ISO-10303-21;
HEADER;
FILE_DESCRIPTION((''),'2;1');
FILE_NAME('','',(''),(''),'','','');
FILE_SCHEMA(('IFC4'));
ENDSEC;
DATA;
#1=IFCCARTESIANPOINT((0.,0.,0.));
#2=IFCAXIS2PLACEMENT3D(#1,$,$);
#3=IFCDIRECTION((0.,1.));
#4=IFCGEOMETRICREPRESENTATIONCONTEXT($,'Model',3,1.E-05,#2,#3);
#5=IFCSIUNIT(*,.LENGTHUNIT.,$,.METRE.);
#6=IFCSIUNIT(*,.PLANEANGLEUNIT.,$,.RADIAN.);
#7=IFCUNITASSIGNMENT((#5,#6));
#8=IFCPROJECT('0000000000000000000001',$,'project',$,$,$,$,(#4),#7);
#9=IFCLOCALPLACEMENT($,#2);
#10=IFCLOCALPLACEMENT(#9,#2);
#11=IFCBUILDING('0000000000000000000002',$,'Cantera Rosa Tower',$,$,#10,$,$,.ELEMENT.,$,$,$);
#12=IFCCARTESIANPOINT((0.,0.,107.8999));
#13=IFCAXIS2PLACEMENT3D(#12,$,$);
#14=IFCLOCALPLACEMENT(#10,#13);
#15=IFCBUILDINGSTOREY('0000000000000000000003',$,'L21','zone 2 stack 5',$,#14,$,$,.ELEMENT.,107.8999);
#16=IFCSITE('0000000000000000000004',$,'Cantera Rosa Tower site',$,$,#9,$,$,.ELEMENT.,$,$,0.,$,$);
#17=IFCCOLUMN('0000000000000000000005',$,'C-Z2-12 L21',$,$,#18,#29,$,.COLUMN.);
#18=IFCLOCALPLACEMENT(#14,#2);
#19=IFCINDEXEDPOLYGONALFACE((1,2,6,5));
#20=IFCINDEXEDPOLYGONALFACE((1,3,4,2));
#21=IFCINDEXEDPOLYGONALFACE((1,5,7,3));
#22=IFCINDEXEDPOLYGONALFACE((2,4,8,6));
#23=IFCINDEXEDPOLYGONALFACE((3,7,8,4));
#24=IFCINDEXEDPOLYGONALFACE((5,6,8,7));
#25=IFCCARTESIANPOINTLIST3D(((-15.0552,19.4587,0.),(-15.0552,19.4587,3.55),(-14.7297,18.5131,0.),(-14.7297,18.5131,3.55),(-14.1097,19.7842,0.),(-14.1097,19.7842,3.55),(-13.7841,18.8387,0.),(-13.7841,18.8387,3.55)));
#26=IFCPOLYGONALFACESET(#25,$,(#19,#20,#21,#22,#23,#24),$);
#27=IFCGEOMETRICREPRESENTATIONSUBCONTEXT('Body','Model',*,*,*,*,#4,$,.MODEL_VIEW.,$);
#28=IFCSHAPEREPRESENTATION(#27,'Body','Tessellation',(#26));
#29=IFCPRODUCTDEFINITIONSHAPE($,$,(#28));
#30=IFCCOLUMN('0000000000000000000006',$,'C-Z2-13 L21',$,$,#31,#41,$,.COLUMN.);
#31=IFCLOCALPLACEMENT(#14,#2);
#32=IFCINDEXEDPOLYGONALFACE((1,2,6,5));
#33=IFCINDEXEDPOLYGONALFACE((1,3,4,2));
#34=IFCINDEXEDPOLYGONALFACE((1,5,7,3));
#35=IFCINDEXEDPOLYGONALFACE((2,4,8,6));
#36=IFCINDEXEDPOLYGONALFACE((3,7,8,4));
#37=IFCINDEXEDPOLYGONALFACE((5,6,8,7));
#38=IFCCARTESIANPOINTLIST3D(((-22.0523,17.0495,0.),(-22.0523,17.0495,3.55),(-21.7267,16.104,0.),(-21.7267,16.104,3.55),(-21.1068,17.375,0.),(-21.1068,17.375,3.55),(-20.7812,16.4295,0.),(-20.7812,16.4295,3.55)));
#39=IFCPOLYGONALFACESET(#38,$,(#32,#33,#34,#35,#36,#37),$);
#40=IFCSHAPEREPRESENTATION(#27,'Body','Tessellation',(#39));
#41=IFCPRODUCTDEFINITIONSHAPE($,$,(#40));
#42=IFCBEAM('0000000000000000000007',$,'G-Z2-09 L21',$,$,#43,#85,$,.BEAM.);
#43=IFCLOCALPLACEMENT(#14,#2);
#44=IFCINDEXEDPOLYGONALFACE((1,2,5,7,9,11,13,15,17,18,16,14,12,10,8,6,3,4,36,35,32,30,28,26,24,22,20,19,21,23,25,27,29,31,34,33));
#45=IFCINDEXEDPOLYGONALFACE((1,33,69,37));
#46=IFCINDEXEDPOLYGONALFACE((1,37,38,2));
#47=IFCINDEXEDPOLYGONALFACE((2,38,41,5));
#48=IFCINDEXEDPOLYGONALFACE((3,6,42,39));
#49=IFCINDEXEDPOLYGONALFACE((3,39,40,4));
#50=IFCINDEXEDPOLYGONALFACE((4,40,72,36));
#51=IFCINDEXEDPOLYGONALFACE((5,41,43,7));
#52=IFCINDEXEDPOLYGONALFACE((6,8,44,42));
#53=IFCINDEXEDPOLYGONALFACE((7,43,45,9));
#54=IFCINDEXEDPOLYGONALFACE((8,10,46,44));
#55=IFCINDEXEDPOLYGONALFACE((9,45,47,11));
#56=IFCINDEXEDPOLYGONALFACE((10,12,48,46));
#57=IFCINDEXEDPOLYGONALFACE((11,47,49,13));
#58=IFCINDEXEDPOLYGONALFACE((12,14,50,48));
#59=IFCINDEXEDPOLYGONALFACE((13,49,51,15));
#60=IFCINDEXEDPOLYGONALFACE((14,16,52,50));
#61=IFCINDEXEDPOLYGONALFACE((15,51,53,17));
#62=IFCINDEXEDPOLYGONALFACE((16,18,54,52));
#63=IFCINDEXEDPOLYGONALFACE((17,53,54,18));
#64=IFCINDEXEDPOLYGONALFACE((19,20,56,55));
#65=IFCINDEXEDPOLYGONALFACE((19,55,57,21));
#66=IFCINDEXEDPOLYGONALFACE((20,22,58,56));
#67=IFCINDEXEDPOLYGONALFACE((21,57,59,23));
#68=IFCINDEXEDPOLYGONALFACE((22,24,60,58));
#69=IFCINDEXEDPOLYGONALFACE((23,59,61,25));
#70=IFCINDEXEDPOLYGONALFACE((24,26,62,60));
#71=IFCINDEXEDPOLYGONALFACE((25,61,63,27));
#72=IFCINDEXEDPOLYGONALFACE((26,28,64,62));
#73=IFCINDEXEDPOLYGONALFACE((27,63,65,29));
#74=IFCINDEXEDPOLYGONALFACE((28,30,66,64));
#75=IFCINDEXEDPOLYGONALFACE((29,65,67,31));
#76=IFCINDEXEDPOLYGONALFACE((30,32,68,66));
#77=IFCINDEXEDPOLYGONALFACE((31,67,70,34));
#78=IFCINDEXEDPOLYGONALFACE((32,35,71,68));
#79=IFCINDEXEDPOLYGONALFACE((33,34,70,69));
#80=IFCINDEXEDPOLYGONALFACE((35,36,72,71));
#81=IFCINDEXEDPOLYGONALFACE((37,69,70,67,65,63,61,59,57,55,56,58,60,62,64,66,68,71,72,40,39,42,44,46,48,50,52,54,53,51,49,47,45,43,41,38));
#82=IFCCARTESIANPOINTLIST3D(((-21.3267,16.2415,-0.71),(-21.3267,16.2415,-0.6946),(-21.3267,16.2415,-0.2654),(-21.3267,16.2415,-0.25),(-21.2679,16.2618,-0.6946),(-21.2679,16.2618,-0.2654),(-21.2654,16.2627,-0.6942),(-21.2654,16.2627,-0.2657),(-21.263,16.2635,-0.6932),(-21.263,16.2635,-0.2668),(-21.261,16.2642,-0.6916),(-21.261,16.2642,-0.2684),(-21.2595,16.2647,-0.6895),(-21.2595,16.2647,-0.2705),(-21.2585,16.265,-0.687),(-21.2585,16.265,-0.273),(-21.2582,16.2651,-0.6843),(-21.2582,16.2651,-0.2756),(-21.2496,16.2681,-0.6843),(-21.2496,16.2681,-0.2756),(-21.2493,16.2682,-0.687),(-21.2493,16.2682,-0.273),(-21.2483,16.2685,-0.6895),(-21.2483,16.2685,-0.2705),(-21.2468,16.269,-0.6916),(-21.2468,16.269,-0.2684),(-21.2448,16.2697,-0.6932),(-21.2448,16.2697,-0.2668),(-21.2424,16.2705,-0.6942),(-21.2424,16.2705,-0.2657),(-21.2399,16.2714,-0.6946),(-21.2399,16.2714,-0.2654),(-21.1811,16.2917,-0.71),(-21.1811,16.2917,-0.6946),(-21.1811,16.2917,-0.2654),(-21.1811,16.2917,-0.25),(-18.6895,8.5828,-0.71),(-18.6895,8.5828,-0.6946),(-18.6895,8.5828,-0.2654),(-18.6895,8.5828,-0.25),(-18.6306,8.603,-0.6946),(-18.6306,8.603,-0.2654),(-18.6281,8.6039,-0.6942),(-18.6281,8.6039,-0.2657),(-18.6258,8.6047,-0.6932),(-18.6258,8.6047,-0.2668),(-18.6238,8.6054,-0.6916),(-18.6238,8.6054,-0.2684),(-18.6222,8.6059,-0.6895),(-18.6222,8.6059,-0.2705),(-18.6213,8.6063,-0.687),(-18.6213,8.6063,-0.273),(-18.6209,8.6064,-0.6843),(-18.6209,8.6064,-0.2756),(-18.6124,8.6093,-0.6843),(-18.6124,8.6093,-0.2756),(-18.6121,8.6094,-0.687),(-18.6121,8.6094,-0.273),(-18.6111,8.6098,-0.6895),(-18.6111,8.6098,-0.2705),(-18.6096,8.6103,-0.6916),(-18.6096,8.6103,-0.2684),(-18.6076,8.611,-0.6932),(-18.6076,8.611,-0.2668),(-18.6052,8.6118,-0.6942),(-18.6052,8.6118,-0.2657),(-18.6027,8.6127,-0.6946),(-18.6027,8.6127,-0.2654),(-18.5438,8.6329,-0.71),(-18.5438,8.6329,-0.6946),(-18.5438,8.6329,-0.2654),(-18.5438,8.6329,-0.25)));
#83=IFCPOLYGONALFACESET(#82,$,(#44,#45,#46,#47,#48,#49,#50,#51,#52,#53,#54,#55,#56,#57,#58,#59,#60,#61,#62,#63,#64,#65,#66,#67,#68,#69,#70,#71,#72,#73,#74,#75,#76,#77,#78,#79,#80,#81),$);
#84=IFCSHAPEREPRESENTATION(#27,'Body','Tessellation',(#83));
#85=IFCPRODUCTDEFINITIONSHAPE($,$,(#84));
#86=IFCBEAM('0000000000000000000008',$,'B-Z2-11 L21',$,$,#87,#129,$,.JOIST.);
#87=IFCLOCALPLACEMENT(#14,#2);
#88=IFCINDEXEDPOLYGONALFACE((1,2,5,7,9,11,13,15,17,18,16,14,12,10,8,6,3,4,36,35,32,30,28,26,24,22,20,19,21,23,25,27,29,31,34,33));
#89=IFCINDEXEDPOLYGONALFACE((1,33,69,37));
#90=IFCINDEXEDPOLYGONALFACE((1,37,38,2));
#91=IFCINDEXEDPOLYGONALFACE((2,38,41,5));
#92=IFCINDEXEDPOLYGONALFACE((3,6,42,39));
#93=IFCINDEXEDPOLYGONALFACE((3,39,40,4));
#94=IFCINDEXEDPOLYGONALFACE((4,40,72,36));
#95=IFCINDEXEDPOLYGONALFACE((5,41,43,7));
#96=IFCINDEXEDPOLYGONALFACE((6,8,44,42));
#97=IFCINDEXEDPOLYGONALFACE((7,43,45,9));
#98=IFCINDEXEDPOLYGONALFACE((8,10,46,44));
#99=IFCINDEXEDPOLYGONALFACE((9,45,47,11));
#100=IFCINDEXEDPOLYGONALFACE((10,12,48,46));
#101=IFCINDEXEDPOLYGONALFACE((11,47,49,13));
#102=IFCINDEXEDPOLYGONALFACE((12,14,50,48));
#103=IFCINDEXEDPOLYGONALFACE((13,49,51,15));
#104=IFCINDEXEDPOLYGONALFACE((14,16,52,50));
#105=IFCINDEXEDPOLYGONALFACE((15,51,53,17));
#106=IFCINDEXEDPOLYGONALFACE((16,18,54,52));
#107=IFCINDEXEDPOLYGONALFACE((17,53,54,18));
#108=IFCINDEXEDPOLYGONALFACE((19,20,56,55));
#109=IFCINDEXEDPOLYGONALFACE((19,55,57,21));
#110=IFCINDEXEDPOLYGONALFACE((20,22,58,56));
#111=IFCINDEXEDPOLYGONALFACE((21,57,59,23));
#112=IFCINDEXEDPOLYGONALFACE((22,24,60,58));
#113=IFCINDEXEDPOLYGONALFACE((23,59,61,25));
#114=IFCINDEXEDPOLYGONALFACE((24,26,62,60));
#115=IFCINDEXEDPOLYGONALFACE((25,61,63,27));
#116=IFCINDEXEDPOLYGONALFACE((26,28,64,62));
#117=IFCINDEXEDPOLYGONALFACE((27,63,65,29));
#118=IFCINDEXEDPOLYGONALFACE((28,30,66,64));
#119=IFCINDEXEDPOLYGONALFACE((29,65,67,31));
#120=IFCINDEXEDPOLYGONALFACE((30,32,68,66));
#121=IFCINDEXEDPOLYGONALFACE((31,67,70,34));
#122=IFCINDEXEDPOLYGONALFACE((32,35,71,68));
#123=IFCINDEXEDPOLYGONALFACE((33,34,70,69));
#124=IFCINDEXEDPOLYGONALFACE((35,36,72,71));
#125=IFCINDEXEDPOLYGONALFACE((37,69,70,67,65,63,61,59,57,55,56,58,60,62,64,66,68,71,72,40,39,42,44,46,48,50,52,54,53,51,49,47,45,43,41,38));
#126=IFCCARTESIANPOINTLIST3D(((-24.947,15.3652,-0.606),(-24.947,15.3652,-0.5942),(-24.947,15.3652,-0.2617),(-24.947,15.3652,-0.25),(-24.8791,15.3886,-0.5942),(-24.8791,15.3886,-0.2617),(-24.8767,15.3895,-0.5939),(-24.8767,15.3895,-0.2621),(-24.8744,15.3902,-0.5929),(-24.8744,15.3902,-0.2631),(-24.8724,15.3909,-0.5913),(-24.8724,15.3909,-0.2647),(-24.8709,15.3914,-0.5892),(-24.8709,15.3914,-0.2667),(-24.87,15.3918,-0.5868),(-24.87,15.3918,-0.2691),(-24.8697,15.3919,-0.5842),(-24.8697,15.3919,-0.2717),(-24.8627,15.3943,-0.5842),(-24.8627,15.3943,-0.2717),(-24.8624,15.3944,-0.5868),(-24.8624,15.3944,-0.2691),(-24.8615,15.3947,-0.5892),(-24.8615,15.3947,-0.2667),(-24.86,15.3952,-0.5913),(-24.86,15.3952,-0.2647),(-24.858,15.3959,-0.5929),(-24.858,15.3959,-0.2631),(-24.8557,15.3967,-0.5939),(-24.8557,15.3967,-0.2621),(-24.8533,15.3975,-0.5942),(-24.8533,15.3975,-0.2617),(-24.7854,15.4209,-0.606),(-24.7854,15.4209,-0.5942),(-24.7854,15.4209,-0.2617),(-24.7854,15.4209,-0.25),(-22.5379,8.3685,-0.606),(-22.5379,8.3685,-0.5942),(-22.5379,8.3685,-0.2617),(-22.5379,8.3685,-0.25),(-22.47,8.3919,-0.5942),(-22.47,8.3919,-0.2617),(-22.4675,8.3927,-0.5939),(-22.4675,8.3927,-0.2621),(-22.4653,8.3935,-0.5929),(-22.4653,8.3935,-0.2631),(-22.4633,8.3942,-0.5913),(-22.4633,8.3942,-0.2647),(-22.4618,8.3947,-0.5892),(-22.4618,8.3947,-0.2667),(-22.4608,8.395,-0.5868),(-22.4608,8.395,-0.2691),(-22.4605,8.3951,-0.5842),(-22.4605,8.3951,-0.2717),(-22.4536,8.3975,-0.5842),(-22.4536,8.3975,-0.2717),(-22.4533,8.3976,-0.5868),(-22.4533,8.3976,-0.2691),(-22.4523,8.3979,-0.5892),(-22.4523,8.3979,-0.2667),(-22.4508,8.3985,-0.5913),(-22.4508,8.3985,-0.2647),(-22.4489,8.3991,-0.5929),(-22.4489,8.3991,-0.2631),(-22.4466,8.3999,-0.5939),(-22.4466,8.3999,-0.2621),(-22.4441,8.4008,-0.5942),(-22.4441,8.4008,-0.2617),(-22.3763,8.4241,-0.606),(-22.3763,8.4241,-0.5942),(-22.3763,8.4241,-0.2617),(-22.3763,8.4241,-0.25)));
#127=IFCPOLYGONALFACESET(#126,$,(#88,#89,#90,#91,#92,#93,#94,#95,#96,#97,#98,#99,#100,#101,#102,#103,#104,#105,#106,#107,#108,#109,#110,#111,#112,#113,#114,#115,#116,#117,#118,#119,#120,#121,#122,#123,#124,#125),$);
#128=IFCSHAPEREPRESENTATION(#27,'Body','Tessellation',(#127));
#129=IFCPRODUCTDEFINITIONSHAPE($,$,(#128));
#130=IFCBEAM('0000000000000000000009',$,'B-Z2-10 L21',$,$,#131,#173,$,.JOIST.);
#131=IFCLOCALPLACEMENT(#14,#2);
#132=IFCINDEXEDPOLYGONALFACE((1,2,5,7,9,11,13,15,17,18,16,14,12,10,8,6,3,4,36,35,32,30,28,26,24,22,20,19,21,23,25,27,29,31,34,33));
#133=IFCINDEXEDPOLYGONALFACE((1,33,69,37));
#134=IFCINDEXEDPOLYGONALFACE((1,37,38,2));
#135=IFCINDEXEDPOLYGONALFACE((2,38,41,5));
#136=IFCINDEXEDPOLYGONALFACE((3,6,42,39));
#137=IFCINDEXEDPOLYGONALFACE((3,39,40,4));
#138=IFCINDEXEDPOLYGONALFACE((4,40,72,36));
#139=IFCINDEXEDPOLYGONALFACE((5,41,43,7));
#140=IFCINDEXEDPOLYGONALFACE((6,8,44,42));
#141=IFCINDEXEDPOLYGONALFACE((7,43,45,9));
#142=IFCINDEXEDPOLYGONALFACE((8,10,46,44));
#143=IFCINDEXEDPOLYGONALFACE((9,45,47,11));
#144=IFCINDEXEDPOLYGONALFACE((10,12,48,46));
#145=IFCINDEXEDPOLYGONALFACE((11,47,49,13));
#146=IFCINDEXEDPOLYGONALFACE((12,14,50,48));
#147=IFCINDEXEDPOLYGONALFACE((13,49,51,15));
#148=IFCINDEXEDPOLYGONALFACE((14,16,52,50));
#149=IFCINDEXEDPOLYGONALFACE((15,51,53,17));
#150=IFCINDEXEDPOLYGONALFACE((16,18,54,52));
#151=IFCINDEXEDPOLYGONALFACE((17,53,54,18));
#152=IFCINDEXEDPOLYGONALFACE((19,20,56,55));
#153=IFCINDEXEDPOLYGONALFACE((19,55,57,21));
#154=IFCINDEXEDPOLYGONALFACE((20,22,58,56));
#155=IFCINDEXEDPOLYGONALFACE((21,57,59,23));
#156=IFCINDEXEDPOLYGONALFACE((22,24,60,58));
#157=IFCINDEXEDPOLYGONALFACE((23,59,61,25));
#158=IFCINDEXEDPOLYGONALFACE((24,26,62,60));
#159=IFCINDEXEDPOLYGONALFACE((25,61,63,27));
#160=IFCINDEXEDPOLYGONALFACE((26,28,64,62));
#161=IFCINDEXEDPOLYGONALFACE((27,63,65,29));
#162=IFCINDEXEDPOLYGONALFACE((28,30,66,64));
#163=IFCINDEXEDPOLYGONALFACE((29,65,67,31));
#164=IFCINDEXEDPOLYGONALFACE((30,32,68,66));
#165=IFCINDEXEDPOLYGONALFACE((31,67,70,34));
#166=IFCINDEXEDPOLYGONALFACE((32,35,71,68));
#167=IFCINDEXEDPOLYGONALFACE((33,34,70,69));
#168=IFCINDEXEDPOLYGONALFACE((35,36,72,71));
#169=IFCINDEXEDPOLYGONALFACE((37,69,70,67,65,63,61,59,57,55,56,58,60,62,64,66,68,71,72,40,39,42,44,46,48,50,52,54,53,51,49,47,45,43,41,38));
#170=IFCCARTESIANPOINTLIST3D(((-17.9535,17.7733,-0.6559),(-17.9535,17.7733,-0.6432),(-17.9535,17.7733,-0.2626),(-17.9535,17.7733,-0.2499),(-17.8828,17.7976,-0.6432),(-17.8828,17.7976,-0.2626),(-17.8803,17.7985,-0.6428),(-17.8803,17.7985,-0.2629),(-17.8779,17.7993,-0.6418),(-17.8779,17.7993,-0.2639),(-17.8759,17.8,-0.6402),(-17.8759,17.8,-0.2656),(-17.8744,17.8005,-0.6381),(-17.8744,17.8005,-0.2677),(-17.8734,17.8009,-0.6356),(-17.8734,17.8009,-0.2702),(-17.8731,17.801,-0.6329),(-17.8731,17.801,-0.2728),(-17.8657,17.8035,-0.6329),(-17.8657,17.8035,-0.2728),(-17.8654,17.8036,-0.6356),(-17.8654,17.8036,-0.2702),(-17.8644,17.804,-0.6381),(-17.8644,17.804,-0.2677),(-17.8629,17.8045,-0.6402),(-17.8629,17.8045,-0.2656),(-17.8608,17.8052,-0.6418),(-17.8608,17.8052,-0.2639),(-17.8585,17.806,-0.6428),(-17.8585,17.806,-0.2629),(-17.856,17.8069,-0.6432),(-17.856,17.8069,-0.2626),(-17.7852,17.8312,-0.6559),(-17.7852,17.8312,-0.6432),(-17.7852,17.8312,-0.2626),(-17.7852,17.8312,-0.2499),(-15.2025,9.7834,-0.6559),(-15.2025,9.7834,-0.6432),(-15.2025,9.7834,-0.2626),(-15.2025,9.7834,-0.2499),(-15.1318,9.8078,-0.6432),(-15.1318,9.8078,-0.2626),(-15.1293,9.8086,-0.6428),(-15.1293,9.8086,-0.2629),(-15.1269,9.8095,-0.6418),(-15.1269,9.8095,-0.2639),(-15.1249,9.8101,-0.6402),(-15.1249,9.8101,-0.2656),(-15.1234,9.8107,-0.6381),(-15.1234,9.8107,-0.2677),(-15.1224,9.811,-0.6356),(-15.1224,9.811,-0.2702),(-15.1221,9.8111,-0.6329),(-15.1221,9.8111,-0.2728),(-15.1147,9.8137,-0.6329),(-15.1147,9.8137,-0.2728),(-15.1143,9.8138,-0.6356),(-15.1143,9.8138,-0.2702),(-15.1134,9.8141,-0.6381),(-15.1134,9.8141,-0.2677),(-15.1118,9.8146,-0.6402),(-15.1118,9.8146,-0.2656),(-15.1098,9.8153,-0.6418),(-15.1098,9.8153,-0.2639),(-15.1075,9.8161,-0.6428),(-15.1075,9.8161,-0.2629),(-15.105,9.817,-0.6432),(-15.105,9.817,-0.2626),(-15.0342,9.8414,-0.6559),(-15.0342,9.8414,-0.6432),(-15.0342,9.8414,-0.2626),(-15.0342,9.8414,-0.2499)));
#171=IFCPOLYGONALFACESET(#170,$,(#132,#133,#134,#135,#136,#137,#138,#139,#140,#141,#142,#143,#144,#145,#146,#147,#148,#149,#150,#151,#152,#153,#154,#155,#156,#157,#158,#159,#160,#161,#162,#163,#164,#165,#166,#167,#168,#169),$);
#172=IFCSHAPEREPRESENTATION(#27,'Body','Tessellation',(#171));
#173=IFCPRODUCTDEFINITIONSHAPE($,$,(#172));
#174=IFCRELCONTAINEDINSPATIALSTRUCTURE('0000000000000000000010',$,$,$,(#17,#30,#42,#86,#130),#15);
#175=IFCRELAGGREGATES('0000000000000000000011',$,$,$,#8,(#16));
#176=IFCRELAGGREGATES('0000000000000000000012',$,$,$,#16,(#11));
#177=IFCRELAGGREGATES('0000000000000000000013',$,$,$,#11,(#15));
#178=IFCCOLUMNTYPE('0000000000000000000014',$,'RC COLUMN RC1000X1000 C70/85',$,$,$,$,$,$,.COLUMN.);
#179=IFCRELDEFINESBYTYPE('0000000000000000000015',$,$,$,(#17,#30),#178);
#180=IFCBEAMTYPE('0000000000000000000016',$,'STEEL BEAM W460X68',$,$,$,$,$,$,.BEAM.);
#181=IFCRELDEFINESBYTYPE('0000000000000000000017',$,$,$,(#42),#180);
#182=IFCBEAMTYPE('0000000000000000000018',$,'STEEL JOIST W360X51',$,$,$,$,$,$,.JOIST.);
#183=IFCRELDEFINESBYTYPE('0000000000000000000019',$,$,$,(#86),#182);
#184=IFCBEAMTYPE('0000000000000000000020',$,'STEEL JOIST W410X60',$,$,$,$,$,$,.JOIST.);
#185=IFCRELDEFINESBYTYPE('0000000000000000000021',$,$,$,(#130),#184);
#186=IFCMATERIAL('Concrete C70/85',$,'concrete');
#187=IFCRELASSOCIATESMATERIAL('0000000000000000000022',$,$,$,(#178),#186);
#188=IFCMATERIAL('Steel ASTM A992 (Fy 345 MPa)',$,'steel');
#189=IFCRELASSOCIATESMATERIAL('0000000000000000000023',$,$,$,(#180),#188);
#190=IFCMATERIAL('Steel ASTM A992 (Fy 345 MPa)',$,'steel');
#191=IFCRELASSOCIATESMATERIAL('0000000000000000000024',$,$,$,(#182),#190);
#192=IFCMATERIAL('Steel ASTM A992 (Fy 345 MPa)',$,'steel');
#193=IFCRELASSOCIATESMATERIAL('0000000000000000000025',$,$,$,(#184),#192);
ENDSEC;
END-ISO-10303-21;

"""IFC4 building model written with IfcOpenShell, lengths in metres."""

from ifc_helpers import new_model, si_unit, direction, frame, origin, origin_2d, place, context, subcontext, project, spatial, rectangle, i_section, extrude, material, material_profile, profile_set, type_object, element, save


model = new_model("IFC4")

# Units and contexts
model_context = context("Model", 3, precision=1e-05, world=origin(), true_north=direction((0.0, 1.0)))
body_context = subcontext(model_context, "Body", "Model", "MODEL_VIEW")
ifc_project = project(units=[si_unit("LENGTHUNIT", "METRE"), si_unit("PLANEANGLEUNIT", "RADIAN")], contexts=[model_context])

# Site, building, storey
site_placement = place(None, origin())
site = spatial("IfcSite", under=ifc_project, at=site_placement, Name="Cantera Rosa Tower site", CompositionType="ELEMENT", RefElevation=0.0)
building_placement = place(site_placement, origin())
building = spatial("IfcBuilding", under=site, at=building_placement, Name="Cantera Rosa Tower", CompositionType="ELEMENT")
storey_placement = place(building_placement, frame((0.0, 0.0, 107.8999)))
storey = spatial("IfcBuildingStorey", under=building, at=storey_placement, Name="L21", Description="zone 2 stack 5", CompositionType="ELEMENT", Elevation=107.8999)

# Columns
ifc_material_1 = material(Name="Concrete C70/85", Category="concrete")
ifc_material_profile_1 = material_profile(ifc_material_1, rectangle(XDim=1.0, YDim=1.0, at=origin_2d()), Name="RC COLUMN RC1000X1000 C70/85")
ifc_profile_set_1 = profile_set([ifc_material_profile_1], Name="Concrete C70/85")
column_type = type_object("IfcColumnType", Name="RC COLUMN RC1000X1000 C70/85", PredefinedType="COLUMN", material=ifc_profile_set_1)
for number, where, z_axis, x_axis, name in (
    (1, (-14.4197, 19.1487, 0.0), (0.0, 0.0, 1.0), (0.945519, 0.325568, 0.0), "C-Z2-12 L21"),
    (2, (-21.4167, 16.7395, 0.0), (0.0, 0.0, 1.0), (0.945519, 0.325568, 0.0), "C-Z2-13 L21"),
):
    element("IfcColumn", number, at=place(storey_placement, frame(where, z_axis=z_axis, x_axis=x_axis)), inside=storey, type_object=column_type, Name=name, PredefinedType="COLUMN", context=body_context, shape_type="SweptSolid", body=[
        extrude(rectangle(XDim=1.0, YDim=1.0, at=origin_2d()), origin(), (0.0, 0.0, 1.0), 3.55),
    ])

# Beams
ifc_material_2 = material(Name="Steel ASTM A992 (Fy 345 MPa)", Category="steel")
ifc_material_profile_2 = material_profile(ifc_material_2, i_section(OverallWidth=0.1541, OverallDepth=0.46, WebThickness=0.009, FlangeThickness=0.0154, FilletRadius=0.0103, at=origin_2d()), Name="W460X68")
ifc_profile_set_2 = profile_set([ifc_material_profile_2], Name="Steel ASTM A992 (Fy 345 MPa)")
beam_type_1 = type_object("IfcBeamType", Name="STEEL BEAM W460X68", PredefinedType="BEAM", material=ifc_profile_set_2)
beam_1_placement = place(storey_placement, frame((-21.2539, 16.2666, -0.48), z_axis=(0.32558, -0.945514, 0.0), x_axis=(0.945514, 0.32558, 0.0)))
element("IfcBeam", 3, at=beam_1_placement, inside=storey, type_object=beam_type_1, Name="G-Z2-09 L21", PredefinedType="BEAM", context=body_context, shape_type="SweptSolid", body=[
    extrude(i_section(OverallWidth=0.1541, OverallDepth=0.46, WebThickness=0.009, FlangeThickness=0.0154, FilletRadius=0.0103, at=origin_2d()), origin(), (0.0, 0.0, 1.0), 8.1001),
])
ifc_material_3 = material(Name="Steel ASTM A992 (Fy 345 MPa)", Category="steel")
ifc_material_profile_3 = material_profile(ifc_material_3, i_section(OverallWidth=0.1709, OverallDepth=0.356, WebThickness=0.0073, FlangeThickness=0.0117, FilletRadius=0.01, at=origin_2d()), Name="W360X51")
ifc_profile_set_3 = profile_set([ifc_material_profile_3], Name="Steel ASTM A992 (Fy 345 MPa)")
beam_type_2 = type_object("IfcBeamType", Name="STEEL JOIST W360X51", PredefinedType="JOIST", material=ifc_profile_set_3)
beam_2_placement = place(storey_placement, frame((-24.8662, 15.3931, -0.428), z_axis=(0.325566, -0.945519, 0.0), x_axis=(0.945519, 0.325566, 0.0)))
element("IfcBeam", 4, at=beam_2_placement, inside=storey, type_object=beam_type_2, Name="B-Z2-11 L21", PredefinedType="JOIST", context=body_context, shape_type="SweptSolid", body=[
    extrude(i_section(OverallWidth=0.1709, OverallDepth=0.356, WebThickness=0.0073, FlangeThickness=0.0117, FilletRadius=0.01, at=origin_2d()), origin(), (0.0, 0.0, 1.0), 7.3999),
])
ifc_material_4 = material(Name="Steel ASTM A992 (Fy 345 MPa)", Category="steel")
ifc_material_profile_4 = material_profile(ifc_material_4, i_section(OverallWidth=0.178, OverallDepth=0.406, WebThickness=0.0078, FlangeThickness=0.0127, FilletRadius=0.0103, at=origin_2d()), Name="W410X60")
ifc_profile_set_4 = profile_set([ifc_material_profile_4], Name="Steel ASTM A992 (Fy 345 MPa)")
beam_type_3 = type_object("IfcBeamType", Name="STEEL JOIST W410X60", PredefinedType="JOIST", material=ifc_profile_set_4)
beam_3_placement = place(storey_placement, frame((-17.8694, 17.8022, -0.4529), z_axis=(0.325556, -0.945523, 0.0), x_axis=(0.945523, 0.325556, 0.0)))
element("IfcBeam", 5, at=beam_3_placement, inside=storey, type_object=beam_type_3, Name="B-Z2-10 L21", PredefinedType="JOIST", context=body_context, shape_type="SweptSolid", body=[
    extrude(i_section(OverallWidth=0.178, OverallDepth=0.406, WebThickness=0.0078, FlangeThickness=0.0127, FilletRadius=0.0103, at=origin_2d()), origin(), (0.0, 0.0, 1.0), 8.4502),
])

save(model, "model.ifc")
